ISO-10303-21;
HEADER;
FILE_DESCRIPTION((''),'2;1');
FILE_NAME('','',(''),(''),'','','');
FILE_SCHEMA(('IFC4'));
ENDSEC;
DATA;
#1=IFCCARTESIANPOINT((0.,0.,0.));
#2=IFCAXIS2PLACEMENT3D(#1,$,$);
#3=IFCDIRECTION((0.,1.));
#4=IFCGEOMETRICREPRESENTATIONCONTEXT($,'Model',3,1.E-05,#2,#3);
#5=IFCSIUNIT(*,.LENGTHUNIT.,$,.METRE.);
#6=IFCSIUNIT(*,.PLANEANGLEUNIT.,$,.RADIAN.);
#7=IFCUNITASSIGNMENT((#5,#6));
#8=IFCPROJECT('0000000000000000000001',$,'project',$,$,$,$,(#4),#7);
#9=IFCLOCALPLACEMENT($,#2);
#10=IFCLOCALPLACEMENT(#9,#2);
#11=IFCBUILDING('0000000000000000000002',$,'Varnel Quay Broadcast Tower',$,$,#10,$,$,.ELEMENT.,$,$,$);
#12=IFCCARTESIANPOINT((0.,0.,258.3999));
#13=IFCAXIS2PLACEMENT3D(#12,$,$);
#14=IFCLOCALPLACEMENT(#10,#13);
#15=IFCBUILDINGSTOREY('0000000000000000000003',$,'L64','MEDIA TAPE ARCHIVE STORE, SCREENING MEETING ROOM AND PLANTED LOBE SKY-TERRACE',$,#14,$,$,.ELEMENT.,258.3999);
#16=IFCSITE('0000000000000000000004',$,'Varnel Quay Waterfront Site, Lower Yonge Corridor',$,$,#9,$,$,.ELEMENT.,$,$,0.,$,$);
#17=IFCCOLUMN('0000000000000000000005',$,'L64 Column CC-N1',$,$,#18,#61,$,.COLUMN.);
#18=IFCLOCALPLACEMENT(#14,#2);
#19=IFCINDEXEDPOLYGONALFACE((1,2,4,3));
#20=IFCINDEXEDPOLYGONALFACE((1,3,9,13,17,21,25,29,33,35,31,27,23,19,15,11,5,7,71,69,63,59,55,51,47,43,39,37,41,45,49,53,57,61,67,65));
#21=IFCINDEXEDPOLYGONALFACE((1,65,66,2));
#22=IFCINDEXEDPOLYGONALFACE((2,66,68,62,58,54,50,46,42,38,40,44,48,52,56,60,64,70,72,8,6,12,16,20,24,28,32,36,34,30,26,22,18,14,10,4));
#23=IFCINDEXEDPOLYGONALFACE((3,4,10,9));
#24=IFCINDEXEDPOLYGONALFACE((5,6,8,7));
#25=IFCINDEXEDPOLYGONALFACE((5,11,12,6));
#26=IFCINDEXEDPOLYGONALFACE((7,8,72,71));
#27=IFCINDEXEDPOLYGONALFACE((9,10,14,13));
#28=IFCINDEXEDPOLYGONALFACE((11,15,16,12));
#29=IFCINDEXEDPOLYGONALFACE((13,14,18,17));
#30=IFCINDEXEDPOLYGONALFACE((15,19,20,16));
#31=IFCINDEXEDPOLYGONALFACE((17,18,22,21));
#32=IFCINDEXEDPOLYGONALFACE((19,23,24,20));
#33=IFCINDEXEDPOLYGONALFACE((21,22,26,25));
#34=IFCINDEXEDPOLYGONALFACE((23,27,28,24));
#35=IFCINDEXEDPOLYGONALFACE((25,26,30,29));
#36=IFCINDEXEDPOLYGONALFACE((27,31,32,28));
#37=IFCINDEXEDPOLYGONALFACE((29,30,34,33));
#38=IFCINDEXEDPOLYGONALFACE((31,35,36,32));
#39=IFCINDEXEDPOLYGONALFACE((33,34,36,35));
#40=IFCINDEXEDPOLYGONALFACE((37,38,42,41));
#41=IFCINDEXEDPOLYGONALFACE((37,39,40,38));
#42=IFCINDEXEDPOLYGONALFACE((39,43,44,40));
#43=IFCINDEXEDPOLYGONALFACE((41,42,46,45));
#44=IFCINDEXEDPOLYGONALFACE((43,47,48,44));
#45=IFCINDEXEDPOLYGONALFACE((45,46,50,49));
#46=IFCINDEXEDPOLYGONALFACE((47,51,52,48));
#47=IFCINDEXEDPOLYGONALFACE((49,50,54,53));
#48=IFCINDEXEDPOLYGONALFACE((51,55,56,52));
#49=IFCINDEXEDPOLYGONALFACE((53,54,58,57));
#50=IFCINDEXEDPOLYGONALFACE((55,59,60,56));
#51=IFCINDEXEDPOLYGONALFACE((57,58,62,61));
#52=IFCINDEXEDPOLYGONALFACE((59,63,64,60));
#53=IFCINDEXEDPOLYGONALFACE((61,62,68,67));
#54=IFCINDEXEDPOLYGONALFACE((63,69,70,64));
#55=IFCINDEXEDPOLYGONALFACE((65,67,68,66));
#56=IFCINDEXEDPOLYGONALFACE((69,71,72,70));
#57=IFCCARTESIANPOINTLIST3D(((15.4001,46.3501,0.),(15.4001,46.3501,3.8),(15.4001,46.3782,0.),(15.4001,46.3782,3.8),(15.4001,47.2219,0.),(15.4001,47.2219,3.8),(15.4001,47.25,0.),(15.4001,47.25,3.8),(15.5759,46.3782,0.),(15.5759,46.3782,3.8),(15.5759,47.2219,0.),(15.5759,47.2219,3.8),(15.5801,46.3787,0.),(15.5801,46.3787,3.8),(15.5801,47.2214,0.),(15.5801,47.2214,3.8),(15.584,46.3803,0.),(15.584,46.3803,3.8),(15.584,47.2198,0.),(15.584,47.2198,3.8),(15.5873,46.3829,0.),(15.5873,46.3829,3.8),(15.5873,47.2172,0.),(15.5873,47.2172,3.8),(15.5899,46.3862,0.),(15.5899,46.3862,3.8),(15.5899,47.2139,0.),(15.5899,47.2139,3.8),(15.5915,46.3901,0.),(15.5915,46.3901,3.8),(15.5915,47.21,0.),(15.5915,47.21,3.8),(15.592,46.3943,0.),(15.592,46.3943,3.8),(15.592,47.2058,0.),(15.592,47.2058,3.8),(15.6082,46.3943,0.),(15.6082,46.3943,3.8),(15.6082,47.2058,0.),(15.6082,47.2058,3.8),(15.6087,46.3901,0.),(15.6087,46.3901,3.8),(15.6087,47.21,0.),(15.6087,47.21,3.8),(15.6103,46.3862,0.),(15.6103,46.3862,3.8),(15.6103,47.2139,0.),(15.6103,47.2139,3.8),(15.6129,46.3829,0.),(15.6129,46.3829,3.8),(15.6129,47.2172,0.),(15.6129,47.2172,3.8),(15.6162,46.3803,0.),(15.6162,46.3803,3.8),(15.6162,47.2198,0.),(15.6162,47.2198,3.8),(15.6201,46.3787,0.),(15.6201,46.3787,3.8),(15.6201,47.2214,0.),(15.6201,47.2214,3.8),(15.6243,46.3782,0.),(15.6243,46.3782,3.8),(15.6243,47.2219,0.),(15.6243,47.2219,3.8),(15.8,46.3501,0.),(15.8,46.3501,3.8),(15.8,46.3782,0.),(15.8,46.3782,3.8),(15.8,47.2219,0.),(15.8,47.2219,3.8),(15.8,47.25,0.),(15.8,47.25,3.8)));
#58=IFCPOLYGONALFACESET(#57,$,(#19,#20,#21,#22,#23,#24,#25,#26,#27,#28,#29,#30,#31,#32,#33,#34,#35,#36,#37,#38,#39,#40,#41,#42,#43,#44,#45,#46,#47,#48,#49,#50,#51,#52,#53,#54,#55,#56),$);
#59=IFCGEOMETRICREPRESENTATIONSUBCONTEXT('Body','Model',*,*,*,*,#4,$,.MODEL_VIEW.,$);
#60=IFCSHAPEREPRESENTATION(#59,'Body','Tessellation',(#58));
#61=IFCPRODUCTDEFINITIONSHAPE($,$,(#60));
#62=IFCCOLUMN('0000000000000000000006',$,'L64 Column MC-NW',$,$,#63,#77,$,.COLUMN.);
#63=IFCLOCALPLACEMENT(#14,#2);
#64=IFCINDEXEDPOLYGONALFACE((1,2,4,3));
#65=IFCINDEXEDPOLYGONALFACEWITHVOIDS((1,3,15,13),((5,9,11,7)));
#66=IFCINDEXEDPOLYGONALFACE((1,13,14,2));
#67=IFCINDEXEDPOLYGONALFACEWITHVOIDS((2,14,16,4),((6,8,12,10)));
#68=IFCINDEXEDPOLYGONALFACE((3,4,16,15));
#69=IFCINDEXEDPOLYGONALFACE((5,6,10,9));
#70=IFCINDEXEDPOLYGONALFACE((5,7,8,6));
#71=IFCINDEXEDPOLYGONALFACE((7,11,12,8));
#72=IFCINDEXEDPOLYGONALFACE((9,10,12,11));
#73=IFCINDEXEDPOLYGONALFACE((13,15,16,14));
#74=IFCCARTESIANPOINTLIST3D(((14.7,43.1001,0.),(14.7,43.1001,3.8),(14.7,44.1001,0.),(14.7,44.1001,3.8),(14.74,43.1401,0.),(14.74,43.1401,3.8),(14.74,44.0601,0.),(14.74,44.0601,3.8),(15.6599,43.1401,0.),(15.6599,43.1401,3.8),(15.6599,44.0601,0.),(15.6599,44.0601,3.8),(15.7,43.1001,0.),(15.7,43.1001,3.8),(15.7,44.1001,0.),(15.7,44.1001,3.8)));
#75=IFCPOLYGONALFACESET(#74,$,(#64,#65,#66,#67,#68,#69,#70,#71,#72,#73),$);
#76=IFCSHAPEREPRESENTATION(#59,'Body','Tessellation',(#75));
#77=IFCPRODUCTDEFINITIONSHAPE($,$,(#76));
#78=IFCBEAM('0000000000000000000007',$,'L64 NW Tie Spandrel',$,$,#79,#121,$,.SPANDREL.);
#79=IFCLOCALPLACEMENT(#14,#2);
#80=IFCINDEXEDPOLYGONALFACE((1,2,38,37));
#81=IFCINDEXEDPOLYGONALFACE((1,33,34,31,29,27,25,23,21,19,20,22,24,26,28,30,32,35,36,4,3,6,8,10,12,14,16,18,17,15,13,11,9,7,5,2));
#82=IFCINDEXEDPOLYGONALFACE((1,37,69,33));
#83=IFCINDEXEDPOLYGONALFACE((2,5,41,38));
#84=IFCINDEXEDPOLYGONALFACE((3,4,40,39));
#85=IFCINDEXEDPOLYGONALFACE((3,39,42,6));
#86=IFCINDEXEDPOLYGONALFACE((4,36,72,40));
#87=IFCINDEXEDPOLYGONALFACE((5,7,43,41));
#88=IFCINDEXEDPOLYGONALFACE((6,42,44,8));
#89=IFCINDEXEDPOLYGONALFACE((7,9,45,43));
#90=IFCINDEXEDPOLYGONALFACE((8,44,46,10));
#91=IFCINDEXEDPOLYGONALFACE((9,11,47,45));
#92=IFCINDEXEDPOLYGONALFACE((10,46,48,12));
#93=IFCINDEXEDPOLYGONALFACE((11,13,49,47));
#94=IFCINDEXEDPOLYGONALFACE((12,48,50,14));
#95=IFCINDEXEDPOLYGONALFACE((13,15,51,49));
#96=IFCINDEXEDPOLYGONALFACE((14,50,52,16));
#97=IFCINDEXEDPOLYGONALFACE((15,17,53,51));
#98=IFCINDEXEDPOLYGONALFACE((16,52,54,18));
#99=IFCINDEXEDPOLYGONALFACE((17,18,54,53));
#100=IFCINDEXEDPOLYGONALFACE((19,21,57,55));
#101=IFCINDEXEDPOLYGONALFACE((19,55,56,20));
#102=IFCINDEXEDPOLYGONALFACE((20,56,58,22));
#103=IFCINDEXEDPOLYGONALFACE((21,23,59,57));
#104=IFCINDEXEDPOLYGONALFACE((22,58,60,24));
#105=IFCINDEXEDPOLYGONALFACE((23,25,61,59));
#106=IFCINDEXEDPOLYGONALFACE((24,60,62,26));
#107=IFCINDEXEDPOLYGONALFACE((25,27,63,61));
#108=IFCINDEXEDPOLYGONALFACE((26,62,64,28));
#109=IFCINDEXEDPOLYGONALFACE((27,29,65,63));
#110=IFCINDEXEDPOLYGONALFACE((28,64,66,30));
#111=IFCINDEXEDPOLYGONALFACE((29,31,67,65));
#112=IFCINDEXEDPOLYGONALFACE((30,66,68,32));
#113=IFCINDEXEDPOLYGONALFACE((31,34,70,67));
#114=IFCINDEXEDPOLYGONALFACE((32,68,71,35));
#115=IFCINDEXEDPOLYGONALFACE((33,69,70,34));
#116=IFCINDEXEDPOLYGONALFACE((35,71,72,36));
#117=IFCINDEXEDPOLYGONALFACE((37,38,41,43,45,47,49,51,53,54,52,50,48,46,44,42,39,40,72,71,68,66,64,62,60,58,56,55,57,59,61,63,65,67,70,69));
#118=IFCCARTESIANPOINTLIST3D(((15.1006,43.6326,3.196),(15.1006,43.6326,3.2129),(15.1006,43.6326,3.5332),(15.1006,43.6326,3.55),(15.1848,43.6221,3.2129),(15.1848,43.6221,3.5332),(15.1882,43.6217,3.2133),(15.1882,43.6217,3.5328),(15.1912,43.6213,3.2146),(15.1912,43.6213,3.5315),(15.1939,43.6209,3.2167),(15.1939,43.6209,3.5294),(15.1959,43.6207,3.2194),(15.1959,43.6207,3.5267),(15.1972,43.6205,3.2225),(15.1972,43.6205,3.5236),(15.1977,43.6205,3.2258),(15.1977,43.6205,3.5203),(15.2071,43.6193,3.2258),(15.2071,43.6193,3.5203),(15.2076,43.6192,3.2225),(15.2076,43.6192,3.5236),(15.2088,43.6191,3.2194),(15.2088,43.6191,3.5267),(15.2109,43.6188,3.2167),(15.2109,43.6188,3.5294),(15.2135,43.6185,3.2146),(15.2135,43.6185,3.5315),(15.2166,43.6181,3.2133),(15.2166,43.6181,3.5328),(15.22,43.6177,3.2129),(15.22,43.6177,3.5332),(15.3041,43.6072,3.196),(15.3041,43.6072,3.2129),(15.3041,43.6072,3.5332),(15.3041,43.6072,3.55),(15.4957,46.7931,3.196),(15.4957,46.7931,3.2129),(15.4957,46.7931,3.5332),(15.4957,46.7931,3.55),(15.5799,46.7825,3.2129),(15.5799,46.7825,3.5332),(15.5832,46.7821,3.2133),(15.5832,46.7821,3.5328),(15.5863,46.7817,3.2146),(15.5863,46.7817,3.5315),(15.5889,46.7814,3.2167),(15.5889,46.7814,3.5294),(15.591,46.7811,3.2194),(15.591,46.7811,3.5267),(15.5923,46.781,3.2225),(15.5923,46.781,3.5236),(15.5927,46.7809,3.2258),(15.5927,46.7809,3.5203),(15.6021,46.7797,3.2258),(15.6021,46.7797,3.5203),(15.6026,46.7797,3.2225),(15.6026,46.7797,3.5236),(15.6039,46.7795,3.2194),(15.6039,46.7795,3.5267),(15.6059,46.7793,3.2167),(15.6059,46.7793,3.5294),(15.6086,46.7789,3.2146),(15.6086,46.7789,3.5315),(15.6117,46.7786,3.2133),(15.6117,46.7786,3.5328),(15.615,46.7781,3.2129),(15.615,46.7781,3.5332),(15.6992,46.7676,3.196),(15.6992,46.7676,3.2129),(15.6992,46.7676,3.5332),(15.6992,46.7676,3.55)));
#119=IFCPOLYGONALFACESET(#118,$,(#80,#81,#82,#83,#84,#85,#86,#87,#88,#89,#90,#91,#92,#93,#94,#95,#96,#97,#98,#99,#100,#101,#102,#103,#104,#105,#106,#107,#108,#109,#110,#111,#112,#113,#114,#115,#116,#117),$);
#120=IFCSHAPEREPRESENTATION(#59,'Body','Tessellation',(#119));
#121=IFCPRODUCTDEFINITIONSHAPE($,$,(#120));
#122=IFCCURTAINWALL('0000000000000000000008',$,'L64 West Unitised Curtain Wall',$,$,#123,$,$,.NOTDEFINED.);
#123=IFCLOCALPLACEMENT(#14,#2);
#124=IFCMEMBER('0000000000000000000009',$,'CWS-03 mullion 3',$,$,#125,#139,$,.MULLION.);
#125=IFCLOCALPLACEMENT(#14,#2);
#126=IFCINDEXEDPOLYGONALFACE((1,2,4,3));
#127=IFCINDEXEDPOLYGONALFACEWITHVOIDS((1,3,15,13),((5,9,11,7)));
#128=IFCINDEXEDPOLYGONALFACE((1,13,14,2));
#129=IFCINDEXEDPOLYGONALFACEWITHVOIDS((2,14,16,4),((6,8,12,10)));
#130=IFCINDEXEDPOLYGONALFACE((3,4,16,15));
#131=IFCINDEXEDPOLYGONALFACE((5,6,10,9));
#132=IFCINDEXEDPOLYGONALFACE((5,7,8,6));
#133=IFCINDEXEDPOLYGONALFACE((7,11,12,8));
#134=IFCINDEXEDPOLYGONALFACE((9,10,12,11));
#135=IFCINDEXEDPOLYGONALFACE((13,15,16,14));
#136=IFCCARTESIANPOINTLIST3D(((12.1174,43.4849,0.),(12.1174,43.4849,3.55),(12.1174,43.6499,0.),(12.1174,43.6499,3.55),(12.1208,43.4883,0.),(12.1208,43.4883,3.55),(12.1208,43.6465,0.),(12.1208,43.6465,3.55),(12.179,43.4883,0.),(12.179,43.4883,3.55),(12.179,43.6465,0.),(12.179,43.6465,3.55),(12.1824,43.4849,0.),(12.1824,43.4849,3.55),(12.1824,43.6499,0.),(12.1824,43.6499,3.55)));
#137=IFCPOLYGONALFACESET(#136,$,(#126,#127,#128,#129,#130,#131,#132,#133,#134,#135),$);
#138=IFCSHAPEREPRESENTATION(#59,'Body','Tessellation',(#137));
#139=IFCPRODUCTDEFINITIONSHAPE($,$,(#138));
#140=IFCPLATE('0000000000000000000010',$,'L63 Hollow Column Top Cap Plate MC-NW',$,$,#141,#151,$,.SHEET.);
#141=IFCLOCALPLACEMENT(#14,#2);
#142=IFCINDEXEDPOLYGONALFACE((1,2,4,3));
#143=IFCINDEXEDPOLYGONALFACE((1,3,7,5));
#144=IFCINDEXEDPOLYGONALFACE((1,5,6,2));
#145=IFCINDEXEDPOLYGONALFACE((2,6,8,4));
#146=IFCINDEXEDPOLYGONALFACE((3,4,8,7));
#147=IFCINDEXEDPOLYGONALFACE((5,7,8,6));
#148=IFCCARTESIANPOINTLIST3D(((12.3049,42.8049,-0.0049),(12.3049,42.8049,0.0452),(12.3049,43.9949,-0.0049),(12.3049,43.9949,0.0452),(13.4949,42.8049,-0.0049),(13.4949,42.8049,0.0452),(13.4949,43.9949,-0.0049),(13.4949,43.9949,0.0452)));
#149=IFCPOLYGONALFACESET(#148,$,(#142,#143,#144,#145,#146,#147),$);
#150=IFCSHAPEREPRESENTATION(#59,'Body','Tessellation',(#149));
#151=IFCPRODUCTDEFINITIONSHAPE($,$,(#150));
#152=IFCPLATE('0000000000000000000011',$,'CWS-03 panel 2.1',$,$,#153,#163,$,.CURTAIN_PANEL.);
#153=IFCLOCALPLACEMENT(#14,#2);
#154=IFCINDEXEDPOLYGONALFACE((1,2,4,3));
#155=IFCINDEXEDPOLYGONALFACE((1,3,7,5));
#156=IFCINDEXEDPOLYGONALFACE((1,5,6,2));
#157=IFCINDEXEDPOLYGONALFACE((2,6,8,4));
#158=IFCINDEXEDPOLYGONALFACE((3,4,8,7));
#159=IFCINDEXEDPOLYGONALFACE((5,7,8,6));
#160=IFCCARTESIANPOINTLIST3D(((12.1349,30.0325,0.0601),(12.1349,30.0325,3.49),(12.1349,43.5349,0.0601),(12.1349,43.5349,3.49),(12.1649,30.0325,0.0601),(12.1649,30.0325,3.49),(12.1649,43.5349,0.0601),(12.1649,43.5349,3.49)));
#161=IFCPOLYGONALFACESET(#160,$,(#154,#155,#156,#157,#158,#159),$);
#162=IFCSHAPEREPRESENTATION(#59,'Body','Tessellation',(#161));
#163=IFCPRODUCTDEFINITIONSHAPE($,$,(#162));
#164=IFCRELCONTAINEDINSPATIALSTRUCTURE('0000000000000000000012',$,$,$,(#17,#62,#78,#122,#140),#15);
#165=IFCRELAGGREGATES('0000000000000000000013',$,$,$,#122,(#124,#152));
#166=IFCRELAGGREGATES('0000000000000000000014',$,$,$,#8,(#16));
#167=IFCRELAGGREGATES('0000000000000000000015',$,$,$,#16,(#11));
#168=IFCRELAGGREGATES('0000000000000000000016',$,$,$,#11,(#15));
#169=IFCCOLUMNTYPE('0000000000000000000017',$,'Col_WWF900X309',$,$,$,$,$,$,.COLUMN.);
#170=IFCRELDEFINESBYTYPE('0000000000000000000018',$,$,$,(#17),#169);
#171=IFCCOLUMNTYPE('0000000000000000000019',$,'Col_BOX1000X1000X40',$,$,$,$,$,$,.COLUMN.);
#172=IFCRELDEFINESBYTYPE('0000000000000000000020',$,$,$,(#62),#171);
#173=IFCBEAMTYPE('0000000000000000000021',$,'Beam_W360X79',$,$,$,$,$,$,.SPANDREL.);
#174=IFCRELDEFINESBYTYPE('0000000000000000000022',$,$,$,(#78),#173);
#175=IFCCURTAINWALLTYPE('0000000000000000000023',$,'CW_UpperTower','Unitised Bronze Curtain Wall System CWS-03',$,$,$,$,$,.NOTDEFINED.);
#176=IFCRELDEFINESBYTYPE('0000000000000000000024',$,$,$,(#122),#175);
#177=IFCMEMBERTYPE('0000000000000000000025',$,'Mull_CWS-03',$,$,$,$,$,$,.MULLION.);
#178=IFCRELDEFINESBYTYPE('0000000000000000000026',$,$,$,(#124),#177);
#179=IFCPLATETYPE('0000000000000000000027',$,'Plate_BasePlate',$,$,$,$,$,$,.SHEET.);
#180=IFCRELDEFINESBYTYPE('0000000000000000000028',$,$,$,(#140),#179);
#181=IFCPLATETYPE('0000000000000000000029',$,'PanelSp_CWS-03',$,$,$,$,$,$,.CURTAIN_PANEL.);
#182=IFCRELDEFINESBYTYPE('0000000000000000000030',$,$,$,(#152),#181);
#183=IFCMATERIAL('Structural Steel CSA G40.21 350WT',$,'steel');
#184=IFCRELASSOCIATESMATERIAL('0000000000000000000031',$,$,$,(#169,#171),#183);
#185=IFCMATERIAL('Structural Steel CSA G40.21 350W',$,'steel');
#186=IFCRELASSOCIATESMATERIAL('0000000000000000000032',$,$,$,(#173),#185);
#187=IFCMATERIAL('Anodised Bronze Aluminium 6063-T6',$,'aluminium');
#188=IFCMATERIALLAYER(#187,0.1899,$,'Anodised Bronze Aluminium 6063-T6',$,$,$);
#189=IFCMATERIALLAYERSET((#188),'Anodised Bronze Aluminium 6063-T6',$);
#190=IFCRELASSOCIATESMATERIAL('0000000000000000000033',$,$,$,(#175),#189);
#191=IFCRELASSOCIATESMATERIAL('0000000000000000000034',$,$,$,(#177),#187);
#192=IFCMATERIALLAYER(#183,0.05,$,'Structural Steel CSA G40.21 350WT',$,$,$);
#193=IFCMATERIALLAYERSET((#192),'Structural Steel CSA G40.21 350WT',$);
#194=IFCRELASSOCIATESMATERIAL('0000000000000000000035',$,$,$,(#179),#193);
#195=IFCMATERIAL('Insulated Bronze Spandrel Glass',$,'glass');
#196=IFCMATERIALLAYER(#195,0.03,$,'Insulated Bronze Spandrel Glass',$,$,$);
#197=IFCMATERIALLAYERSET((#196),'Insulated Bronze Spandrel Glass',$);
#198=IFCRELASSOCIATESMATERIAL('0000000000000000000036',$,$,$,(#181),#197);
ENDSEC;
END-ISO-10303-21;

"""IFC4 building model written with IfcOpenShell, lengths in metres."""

from ifc_helpers import new_model, si_unit, direction, frame, origin, origin_2d, place, context, subcontext, project, spatial, rectangle, hollow_rectangle, i_section, extrude, source, transform, mapped, material, layer, layer_set, material_profile, profile_set, type_object, type_shapes, element, aggregate, save


model = new_model("IFC4")

# Units and contexts
model_context = context("Model", 3, precision=1e-05, world=origin(), true_north=direction((0.0, 1.0)))
body_context = subcontext(model_context, "Body", "Model", "MODEL_VIEW")
ifc_project = project(units=[si_unit("LENGTHUNIT", "METRE"), si_unit("PLANEANGLEUNIT", "RADIAN")], contexts=[model_context])

# Site, building, storey
site_placement = place(None, origin())
site = spatial("IfcSite", under=ifc_project, at=site_placement, Name="Varnel Quay Waterfront Site, Lower Yonge Corridor", CompositionType="ELEMENT", RefElevation=0.0)
building_placement = place(site_placement, origin())
building = spatial("IfcBuilding", under=site, at=building_placement, Name="Varnel Quay Broadcast Tower", CompositionType="ELEMENT")
storey_placement = place(building_placement, frame((0.0, 0.0, 258.3999)))
storey = spatial("IfcBuildingStorey", under=building, at=storey_placement, Name="L64", Description="MEDIA TAPE ARCHIVE STORE, SCREENING MEETING ROOM AND PLANTED LOBE SKY-TERRACE", CompositionType="ELEMENT", Elevation=258.3999)

# Columns
ifc_material_1 = material(Name="Structural Steel CSA G40.21 350WT", Category="steel")
ifc_material_profile_1 = material_profile(ifc_material_1, i_section(OverallWidth=0.3999, OverallDepth=0.8999, WebThickness=0.0161, FlangeThickness=0.0281, FilletRadius=0.0161, at=origin_2d()), Name="WWF900X309")
ifc_profile_set_1 = profile_set([ifc_material_profile_1], Name="Structural Steel CSA G40.21 350WT")
column_type_1 = type_object("IfcColumnType", Name="Col_WWF900X309", PredefinedType="COLUMN", material=ifc_profile_set_1)
shared_shape_1 = source(origin(), body_context, "Body", "SweptSolid", [
    extrude(i_section(OverallWidth=0.3999, OverallDepth=0.8999, WebThickness=0.0161, FlangeThickness=0.0281, FilletRadius=0.0161, at=origin_2d()), origin(), (0.0, 0.0, 1.0), 3.8),
])
type_shapes(column_type_1, [shared_shape_1])
column_1_placement = place(storey_placement, frame((15.6001, 46.8, 0.0), z_axis=(0.0, 0.0, 1.0), x_axis=(1.0, 0.0, 0.0)))
element("IfcColumn", 1, at=column_1_placement, inside=storey, type_object=column_type_1, Name="L64 Column CC-N1", PredefinedType="COLUMN", context=body_context, shape_type="MappedRepresentation", body=[
    mapped(shared_shape_1, transform((0.0, 0.0, 0.0), x_axis=(1.0, 0.0, 0.0), y_axis=(0.0, 1.0, 0.0), z_axis=(0.0, 0.0, 1.0), scale=1.0)),
])
ifc_material_profile_2 = material_profile(ifc_material_1, hollow_rectangle(XDim=1.0, YDim=1.0, WallThickness=0.04, at=origin_2d()), Name="BOX1000X1000X40")
ifc_profile_set_2 = profile_set([ifc_material_profile_2], Name="Structural Steel CSA G40.21 350WT")
column_type_2 = type_object("IfcColumnType", Name="Col_BOX1000X1000X40", PredefinedType="COLUMN", material=ifc_profile_set_2)
shared_shape_2 = source(origin(), body_context, "Body", "SweptSolid", [
    extrude(hollow_rectangle(XDim=1.0, YDim=1.0, WallThickness=0.04, at=origin_2d()), origin(), (0.0, 0.0, 1.0), 3.8),
])
type_shapes(column_type_2, [shared_shape_2])
column_2_placement = place(storey_placement, frame((15.2, 43.6001, 0.0), z_axis=(0.0, 0.0, 1.0), x_axis=(1.0, 0.0, 0.0)))
element("IfcColumn", 2, at=column_2_placement, inside=storey, type_object=column_type_2, Name="L64 Column MC-NW", PredefinedType="COLUMN", context=body_context, shape_type="MappedRepresentation", body=[
    mapped(shared_shape_2, transform((0.0, 0.0, 0.0), x_axis=(1.0, 0.0, 0.0), y_axis=(0.0, 1.0, 0.0), z_axis=(0.0, 0.0, 1.0), scale=1.0)),
])

# Beam
ifc_material_2 = material(Name="Structural Steel CSA G40.21 350W", Category="steel")
ifc_material_profile_3 = material_profile(ifc_material_2, i_section(OverallWidth=0.2051, OverallDepth=0.354, WebThickness=0.0095, FlangeThickness=0.0168, FilletRadius=0.0129, at=origin_2d()), Name="W360X79")
ifc_profile_set_3 = profile_set([ifc_material_profile_3], Name="Structural Steel CSA G40.21 350W")
beam_type = type_object("IfcBeamType", Name="Beam_W360X79", PredefinedType="SPANDREL", material=ifc_profile_set_3)
shared_shape_3 = source(origin(), body_context, "Body", "SweptSolid", [
    extrude(i_section(OverallWidth=0.2051, OverallDepth=0.354, WebThickness=0.0095, FlangeThickness=0.0168, FilletRadius=0.0129, at=origin_2d()), origin(), (0.0, 0.0, 1.0), 3.1851),
])
type_shapes(beam_type, [shared_shape_3])
beam_placement = place(storey_placement, frame((15.2024, 43.6199, 3.373), z_axis=(0.124025, 0.992279, 0.0), x_axis=(-0.992279, 0.124025, 0.0)))
element("IfcBeam", 3, at=beam_placement, inside=storey, type_object=beam_type, Name="L64 NW Tie Spandrel", PredefinedType="SPANDREL", context=body_context, shape_type="MappedRepresentation", body=[
    mapped(shared_shape_3, transform((0.0, 0.0, 0.0), x_axis=(1.0, 0.0, 0.0), y_axis=(0.0, 1.0, 0.0), z_axis=(0.0, 0.0, 1.0), scale=1.0)),
])

# Curtain wall, member
ifc_material_3 = material(Name="Anodised Bronze Aluminium 6063-T6", Category="aluminium")
ifc_layer_1 = layer(ifc_material_3, 0.1899, Name="Anodised Bronze Aluminium 6063-T6")
ifc_layer_set_1 = layer_set([ifc_layer_1], Name="Anodised Bronze Aluminium 6063-T6")
curtain_wall_type = type_object("IfcCurtainWallType", Name="CW_UpperTower", Description="Unitised Bronze Curtain Wall System CWS-03", PredefinedType="NOTDEFINED", material=ifc_layer_set_1)
curtain_wall_placement = place(storey_placement, origin())
curtain_wall = element("IfcCurtainWall", 4, at=curtain_wall_placement, inside=storey, type_object=curtain_wall_type, Name="L64 West Unitised Curtain Wall", PredefinedType="NOTDEFINED")
ifc_material_profile_4 = material_profile(ifc_material_3, hollow_rectangle(XDim=0.0649, YDim=0.165, WallThickness=0.0034, at=origin_2d()), Name="ALU65X165X3.5")
ifc_profile_set_4 = profile_set([ifc_material_profile_4], Name="Anodised Bronze Aluminium 6063-T6")
member_type = type_object("IfcMemberType", Name="Mull_CWS-03", PredefinedType="MULLION", material=ifc_profile_set_4)
shared_shape_4 = source(origin(), body_context, "Body", "SweptSolid", [
    extrude(hollow_rectangle(XDim=0.0649, YDim=0.165, WallThickness=0.0034, at=origin_2d()), origin(), (0.0, 0.0, 1.0), 3.55),
])
type_shapes(member_type, [shared_shape_4])
member_placement = place(storey_placement, frame((12.1499, 43.5674, 0.0), z_axis=(0.0, 0.0, 1.0), x_axis=(-1.0, 0.0, 0.0)))
member = element("IfcMember", 5, at=member_placement, type_object=member_type, Name="CWS-03 mullion 3", PredefinedType="MULLION", context=body_context, shape_type="MappedRepresentation", body=[
    mapped(shared_shape_4, transform((0.0, 0.0, 0.0), x_axis=(1.0, 0.0, 0.0), y_axis=(0.0, 1.0, 0.0), z_axis=(0.0, 0.0, 1.0), scale=1.0)),
])

# Plates
ifc_layer_2 = layer(ifc_material_1, 0.05, Name="Structural Steel CSA G40.21 350WT")
ifc_layer_set_2 = layer_set([ifc_layer_2], Name="Structural Steel CSA G40.21 350WT")
plate_type_1 = type_object("IfcPlateType", Name="Plate_BasePlate", PredefinedType="SHEET", material=ifc_layer_set_2)
shared_shape_5 = source(origin(), body_context, "Body", "SweptSolid", [
    extrude(rectangle(XDim=1.1899, YDim=1.1899, at=origin_2d()), origin(), (0.0, 0.0, 1.0), 0.05),
])
type_shapes(plate_type_1, [shared_shape_5])
plate_1_placement = place(storey_placement, frame((12.8999, 43.3999, -0.0049), z_axis=(0.0, 0.0, 1.0), x_axis=(1.0, 0.0, 0.0)))
element("IfcPlate", 6, at=plate_1_placement, inside=storey, type_object=plate_type_1, Name="L63 Hollow Column Top Cap Plate MC-NW", PredefinedType="SHEET", context=body_context, shape_type="MappedRepresentation", body=[
    mapped(shared_shape_5, transform((0.0, 0.0, 0.0), x_axis=(1.0, 0.0, 0.0), y_axis=(0.0, 1.0, 0.0), z_axis=(0.0, 0.0, 1.0), scale=1.0)),
])
ifc_material_4 = material(Name="Insulated Bronze Spandrel Glass", Category="glass")
ifc_layer_3 = layer(ifc_material_4, 0.03, Name="Insulated Bronze Spandrel Glass")
ifc_layer_set_3 = layer_set([ifc_layer_3], Name="Insulated Bronze Spandrel Glass")
plate_type_2 = type_object("IfcPlateType", Name="PanelSp_CWS-03", PredefinedType="CURTAIN_PANEL", material=ifc_layer_set_3)
shared_shape_6 = source(origin(), body_context, "Body", "SweptSolid", [
    extrude(rectangle(XDim=13.5024, YDim=0.03, at=origin_2d()), origin(), (0.0, 0.0, 1.0), 3.4299),
])
type_shapes(plate_type_2, [shared_shape_6])
plate_2_placement = place(storey_placement, frame((12.1499, 36.7837, 0.0601), z_axis=(0.0, 0.0, 1.0), x_axis=(0.0, 1.0, 0.0)))
plate_2 = element("IfcPlate", 7, at=plate_2_placement, type_object=plate_type_2, Name="CWS-03 panel 2.1", PredefinedType="CURTAIN_PANEL", context=body_context, shape_type="MappedRepresentation", body=[
    mapped(shared_shape_6, transform((0.0, 0.0, 0.0), x_axis=(1.0, 0.0, 0.0), y_axis=(0.0, 1.0, 0.0), z_axis=(0.0, 0.0, 1.0), scale=1.0)),
])
aggregate(curtain_wall, [member, plate_2])

save(model, "model.ifc")
